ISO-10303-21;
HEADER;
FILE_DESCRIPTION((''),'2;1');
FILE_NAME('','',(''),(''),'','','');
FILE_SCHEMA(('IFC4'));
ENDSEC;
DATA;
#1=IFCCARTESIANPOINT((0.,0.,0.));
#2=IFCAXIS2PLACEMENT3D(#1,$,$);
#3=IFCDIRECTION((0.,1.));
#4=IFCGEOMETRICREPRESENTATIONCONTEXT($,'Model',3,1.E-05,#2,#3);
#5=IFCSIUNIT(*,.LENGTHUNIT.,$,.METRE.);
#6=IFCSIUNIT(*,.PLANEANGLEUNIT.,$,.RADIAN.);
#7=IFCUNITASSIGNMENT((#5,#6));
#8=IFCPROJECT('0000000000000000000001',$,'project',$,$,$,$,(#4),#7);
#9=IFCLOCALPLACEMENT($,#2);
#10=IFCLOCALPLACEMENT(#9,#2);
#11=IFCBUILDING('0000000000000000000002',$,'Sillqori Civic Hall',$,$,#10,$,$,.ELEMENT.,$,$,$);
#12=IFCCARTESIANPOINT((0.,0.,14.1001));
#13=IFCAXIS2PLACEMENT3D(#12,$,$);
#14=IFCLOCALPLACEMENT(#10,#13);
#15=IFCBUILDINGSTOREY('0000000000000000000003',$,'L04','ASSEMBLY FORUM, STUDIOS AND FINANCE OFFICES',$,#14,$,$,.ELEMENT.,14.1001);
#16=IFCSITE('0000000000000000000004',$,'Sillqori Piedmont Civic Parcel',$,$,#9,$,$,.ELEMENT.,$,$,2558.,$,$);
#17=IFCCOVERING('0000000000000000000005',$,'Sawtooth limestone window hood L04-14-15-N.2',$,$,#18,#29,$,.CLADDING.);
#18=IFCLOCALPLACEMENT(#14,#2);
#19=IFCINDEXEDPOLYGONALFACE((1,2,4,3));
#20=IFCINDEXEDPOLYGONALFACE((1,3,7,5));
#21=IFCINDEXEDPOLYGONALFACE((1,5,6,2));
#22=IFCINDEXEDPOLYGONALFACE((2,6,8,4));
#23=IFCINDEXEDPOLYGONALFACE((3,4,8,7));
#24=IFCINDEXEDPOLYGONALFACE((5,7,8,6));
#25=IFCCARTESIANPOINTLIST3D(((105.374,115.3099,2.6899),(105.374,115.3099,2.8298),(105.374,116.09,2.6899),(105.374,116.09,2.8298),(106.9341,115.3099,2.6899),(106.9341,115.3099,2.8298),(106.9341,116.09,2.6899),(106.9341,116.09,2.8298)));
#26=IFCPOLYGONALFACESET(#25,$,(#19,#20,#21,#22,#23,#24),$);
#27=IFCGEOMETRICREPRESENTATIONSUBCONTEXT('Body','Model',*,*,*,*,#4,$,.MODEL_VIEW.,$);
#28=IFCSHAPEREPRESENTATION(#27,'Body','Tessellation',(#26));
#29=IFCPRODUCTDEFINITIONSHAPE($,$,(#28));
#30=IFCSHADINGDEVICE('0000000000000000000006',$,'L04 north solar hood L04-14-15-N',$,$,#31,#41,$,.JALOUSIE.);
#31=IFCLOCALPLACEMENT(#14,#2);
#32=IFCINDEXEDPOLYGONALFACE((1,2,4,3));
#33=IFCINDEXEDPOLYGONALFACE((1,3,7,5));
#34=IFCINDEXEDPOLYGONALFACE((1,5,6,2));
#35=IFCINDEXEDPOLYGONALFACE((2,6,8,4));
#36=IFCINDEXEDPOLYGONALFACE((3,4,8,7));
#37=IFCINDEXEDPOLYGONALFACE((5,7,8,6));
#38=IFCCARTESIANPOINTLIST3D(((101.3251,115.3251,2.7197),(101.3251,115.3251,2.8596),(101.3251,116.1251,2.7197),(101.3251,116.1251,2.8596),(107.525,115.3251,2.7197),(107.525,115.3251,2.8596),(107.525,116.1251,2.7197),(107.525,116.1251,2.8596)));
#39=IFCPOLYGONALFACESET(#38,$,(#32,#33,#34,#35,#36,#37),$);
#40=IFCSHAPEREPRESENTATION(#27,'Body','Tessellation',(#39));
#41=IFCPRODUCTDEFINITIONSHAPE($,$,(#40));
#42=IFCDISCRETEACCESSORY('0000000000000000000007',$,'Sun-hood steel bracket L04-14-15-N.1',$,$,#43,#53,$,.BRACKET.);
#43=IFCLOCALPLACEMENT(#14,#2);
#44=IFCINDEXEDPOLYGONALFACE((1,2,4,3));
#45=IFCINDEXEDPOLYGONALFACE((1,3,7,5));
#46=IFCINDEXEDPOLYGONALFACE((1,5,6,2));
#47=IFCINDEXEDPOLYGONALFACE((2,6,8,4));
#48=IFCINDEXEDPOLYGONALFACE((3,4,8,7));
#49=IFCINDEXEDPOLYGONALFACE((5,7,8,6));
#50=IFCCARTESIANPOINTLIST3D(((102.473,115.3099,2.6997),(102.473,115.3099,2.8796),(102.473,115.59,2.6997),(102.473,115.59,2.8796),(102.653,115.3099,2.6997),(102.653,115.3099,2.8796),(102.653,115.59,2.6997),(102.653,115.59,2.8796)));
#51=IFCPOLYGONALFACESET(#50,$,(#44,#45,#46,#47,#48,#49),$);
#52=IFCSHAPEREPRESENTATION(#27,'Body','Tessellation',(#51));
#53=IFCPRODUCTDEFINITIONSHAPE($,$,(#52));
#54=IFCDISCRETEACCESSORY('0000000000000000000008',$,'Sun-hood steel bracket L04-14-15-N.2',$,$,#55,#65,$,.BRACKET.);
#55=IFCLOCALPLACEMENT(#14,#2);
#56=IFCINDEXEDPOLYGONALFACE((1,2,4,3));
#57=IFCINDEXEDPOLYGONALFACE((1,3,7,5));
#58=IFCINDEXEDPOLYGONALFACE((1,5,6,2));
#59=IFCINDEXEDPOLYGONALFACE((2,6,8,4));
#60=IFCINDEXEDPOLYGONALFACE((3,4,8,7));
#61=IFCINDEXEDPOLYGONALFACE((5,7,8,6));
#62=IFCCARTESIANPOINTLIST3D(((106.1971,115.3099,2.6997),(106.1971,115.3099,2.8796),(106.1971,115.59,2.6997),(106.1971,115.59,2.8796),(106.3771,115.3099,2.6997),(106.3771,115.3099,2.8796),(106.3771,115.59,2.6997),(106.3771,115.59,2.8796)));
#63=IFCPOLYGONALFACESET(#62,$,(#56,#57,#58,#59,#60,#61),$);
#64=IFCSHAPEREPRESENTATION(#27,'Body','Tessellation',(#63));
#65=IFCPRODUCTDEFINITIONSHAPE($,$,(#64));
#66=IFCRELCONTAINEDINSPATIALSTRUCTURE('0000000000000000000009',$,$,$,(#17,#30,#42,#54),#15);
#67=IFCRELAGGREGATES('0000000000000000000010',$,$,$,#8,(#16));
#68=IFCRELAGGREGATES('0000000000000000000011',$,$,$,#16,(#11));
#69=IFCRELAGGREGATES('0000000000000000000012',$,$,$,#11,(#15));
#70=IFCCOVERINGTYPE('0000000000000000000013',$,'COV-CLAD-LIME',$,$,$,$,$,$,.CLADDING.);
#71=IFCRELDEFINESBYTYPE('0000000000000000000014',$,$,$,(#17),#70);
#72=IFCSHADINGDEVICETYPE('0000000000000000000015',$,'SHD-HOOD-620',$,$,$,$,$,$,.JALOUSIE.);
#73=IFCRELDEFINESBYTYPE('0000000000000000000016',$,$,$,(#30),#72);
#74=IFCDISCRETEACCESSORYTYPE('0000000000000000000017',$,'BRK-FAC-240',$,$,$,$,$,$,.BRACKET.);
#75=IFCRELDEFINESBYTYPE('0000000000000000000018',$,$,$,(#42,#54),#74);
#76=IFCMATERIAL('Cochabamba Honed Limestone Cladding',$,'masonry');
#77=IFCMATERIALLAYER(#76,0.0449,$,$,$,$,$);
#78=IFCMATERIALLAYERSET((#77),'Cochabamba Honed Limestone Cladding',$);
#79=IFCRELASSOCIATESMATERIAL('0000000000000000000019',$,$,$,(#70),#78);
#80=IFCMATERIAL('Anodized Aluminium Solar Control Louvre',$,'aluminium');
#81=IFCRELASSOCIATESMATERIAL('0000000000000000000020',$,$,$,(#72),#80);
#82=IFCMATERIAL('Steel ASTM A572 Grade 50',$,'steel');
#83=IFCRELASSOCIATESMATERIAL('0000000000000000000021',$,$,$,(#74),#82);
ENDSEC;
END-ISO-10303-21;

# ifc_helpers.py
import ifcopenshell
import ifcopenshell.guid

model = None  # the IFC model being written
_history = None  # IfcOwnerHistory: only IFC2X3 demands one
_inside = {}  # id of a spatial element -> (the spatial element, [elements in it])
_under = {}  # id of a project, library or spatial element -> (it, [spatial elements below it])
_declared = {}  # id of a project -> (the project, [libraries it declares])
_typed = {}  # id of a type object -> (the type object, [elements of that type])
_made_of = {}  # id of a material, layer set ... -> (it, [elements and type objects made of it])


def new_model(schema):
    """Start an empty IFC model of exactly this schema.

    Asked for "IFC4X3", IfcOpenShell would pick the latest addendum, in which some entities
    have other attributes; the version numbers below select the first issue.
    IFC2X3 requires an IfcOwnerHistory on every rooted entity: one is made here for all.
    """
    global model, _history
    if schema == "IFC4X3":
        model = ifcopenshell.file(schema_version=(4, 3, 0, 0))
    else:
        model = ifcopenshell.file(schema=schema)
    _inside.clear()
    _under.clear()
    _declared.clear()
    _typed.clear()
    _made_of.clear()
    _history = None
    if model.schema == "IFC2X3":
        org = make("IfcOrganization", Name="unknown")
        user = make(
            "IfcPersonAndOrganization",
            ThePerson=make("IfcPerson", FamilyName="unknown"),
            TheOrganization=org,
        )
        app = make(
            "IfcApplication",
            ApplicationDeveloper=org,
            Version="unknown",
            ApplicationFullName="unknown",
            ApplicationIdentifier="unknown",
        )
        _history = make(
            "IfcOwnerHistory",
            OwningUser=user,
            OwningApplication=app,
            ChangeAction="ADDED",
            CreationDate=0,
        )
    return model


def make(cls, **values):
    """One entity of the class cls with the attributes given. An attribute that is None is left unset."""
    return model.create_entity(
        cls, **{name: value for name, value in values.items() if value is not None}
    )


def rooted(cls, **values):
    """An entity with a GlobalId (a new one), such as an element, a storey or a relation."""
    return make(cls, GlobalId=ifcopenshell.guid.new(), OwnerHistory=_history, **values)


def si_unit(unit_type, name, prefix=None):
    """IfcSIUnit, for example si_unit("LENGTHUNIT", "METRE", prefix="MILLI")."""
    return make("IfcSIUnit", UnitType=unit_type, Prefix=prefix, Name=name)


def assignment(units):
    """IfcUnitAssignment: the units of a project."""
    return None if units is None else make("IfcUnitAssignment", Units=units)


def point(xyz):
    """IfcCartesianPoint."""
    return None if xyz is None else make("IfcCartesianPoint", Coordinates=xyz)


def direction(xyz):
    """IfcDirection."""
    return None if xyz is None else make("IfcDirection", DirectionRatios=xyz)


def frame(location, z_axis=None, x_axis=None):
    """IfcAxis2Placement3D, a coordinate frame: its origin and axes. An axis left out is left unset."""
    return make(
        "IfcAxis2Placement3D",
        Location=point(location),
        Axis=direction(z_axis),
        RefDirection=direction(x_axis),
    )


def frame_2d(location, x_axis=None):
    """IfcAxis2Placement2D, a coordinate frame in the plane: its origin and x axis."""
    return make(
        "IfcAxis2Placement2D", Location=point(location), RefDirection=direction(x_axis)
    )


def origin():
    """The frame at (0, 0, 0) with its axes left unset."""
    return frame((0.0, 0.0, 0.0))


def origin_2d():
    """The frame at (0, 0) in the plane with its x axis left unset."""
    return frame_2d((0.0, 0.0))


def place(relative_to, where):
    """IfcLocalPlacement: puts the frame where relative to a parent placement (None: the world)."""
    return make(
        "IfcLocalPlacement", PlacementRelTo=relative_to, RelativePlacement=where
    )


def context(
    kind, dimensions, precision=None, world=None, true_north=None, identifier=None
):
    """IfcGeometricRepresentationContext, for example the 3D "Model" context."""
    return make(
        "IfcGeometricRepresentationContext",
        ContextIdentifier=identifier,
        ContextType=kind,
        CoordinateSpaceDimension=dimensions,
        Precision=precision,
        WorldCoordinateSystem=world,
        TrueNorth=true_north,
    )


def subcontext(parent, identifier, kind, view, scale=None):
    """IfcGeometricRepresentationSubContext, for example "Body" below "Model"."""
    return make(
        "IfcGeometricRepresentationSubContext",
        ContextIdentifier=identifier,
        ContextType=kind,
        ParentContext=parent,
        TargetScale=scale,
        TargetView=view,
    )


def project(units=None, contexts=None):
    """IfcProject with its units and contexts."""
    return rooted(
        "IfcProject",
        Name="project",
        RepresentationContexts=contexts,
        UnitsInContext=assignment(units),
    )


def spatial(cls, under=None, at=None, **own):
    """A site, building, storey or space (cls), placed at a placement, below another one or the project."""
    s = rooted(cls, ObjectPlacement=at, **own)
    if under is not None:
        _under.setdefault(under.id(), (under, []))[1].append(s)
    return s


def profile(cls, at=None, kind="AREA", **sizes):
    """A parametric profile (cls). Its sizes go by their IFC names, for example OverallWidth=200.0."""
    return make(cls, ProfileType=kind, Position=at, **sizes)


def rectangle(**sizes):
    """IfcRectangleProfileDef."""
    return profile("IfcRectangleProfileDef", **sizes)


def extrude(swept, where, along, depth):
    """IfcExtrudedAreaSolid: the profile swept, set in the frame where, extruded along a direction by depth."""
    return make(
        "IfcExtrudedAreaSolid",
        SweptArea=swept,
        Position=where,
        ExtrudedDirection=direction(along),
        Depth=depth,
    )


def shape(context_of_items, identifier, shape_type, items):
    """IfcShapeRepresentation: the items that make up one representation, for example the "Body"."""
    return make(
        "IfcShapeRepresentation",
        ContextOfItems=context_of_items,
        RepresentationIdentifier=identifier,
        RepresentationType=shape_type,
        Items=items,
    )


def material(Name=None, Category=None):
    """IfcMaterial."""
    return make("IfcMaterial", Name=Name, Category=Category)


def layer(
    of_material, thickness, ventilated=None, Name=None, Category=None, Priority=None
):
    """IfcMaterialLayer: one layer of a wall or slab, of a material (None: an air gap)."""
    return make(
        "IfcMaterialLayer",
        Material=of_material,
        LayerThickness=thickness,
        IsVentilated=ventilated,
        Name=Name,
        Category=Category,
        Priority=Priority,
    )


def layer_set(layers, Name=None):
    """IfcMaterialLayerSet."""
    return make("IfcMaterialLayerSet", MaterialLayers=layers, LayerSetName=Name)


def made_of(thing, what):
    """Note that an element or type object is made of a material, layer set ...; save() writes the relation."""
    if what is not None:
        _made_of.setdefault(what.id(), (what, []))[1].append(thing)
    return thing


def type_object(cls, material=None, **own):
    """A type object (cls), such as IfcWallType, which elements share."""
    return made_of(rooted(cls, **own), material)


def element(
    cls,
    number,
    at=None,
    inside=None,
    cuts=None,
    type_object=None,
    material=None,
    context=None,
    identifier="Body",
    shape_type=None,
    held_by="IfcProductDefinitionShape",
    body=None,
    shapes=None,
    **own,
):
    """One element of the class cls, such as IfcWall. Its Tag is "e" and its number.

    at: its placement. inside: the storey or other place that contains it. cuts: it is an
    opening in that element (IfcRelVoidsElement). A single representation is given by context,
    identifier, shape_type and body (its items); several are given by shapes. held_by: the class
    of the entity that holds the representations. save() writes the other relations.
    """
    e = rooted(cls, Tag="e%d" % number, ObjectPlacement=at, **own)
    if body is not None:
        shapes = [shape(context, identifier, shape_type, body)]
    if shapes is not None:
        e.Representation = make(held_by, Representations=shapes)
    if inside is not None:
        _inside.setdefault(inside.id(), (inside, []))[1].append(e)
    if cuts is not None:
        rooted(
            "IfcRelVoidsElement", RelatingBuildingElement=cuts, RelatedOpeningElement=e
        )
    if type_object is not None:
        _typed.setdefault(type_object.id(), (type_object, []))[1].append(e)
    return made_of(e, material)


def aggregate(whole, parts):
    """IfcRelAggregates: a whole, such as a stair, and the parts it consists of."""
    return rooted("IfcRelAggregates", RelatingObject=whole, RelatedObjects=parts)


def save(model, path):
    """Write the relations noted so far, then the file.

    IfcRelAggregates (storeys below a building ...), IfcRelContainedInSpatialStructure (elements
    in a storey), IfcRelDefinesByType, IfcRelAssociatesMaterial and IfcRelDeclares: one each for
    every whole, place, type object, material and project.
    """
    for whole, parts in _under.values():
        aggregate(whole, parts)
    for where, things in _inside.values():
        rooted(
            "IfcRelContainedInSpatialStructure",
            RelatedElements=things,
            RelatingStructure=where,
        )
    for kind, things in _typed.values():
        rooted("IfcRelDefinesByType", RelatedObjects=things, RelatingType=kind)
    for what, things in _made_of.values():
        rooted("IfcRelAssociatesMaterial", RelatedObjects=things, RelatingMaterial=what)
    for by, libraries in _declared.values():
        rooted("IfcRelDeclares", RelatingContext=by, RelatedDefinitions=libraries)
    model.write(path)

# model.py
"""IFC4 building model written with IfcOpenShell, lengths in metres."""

from ifc_helpers import new_model, si_unit, direction, frame, frame_2d, origin, origin_2d, place, context, subcontext, project, spatial, rectangle, extrude, material, layer, layer_set, type_object, element, save


model = new_model("IFC4")

# Units and contexts
model_context = context("Model", 3, precision=1e-05, world=origin(), true_north=direction((0.0, 1.0)))
body_context = subcontext(model_context, "Body", "Model", "MODEL_VIEW")
ifc_project = project(units=[si_unit("LENGTHUNIT", "METRE"), si_unit("PLANEANGLEUNIT", "RADIAN")], contexts=[model_context])

# Site, building, storey
site_placement = place(None, origin())
site = spatial("IfcSite", under=ifc_project, at=site_placement, Name="Sillqori Piedmont Civic Parcel", CompositionType="ELEMENT", RefElevation=2558.0)
building_placement = place(site_placement, origin())
building = spatial("IfcBuilding", under=site, at=building_placement, Name="Sillqori Civic Hall", CompositionType="ELEMENT")
storey_placement = place(building_placement, frame((0.0, 0.0, 14.1001)))
storey = spatial("IfcBuildingStorey", under=building, at=storey_placement, Name="L04", Description="ASSEMBLY FORUM, STUDIOS AND FINANCE OFFICES", CompositionType="ELEMENT", Elevation=14.1001)

# Covering
ifc_material_1 = material(Name="Cochabamba Honed Limestone Cladding", Category="masonry")
ifc_layer_1 = layer(ifc_material_1, 0.0449)
ifc_layer_set_1 = layer_set([ifc_layer_1], Name="Cochabamba Honed Limestone Cladding")
covering_type = type_object("IfcCoveringType", Name="COV-CLAD-LIME", PredefinedType="CLADDING", material=ifc_layer_set_1)
covering_1_placement = place(storey_placement, frame((105.374, 115.7, 2.6899), z_axis=(0.0, 0.0, 1.0), x_axis=(1.0, 0.0, 0.0)))
element("IfcCovering", 1, at=covering_1_placement, inside=storey, type_object=covering_type, Name="Sawtooth limestone window hood L04-14-15-N.2", PredefinedType="CLADDING", context=body_context, shape_type="SweptSolid", body=[
    extrude(rectangle(XDim=1.5601, YDim=0.78, at=frame_2d((0.78, 0.0))), origin(), (0.0, 0.0, 1.0), 0.1399),
])

# Shading device
ifc_material_2 = material(Name="Anodized Aluminium Solar Control Louvre", Category="aluminium")
shading_device_type = type_object("IfcShadingDeviceType", Name="SHD-HOOD-620", PredefinedType="JALOUSIE", material=ifc_material_2)
shading_device_placement = place(storey_placement, frame((104.425, 115.7251, 2.7197), z_axis=(0.0, 0.0, 1.0), x_axis=(1.0, 0.0, 0.0)))
element("IfcShadingDevice", 2, at=shading_device_placement, inside=storey, type_object=shading_device_type, Name="L04 north solar hood L04-14-15-N", PredefinedType="JALOUSIE", context=body_context, shape_type="SweptSolid", body=[
    extrude(rectangle(XDim=6.2, YDim=0.8, at=origin_2d()), origin(), (0.0, 0.0, 1.0), 0.1399),
])

# Discrete accessories
ifc_material_3 = material(Name="Steel ASTM A572 Grade 50", Category="steel")
discrete_accessory_type = type_object("IfcDiscreteAccessoryType", Name="BRK-FAC-240", PredefinedType="BRACKET", material=ifc_material_3)
for number, where, z_axis, x_axis, name in (
    (3, (102.563, 115.45, 2.6997), (0.0, 0.0, 1.0), (1.0, 0.0, 0.0), "Sun-hood steel bracket L04-14-15-N.1"),
    (4, (106.2871, 115.45, 2.6997), (0.0, 0.0, 1.0), (1.0, 0.0, 0.0), "Sun-hood steel bracket L04-14-15-N.2"),
):
    element("IfcDiscreteAccessory", number, at=place(storey_placement, frame(where, z_axis=z_axis, x_axis=x_axis)), inside=storey, type_object=discrete_accessory_type, Name=name, PredefinedType="BRACKET", context=body_context, shape_type="SweptSolid", body=[
        extrude(rectangle(XDim=0.1799, YDim=0.28, at=origin_2d()), origin(), (0.0, 0.0, 1.0), 0.1799),
    ])

save(model, "model.ifc")
